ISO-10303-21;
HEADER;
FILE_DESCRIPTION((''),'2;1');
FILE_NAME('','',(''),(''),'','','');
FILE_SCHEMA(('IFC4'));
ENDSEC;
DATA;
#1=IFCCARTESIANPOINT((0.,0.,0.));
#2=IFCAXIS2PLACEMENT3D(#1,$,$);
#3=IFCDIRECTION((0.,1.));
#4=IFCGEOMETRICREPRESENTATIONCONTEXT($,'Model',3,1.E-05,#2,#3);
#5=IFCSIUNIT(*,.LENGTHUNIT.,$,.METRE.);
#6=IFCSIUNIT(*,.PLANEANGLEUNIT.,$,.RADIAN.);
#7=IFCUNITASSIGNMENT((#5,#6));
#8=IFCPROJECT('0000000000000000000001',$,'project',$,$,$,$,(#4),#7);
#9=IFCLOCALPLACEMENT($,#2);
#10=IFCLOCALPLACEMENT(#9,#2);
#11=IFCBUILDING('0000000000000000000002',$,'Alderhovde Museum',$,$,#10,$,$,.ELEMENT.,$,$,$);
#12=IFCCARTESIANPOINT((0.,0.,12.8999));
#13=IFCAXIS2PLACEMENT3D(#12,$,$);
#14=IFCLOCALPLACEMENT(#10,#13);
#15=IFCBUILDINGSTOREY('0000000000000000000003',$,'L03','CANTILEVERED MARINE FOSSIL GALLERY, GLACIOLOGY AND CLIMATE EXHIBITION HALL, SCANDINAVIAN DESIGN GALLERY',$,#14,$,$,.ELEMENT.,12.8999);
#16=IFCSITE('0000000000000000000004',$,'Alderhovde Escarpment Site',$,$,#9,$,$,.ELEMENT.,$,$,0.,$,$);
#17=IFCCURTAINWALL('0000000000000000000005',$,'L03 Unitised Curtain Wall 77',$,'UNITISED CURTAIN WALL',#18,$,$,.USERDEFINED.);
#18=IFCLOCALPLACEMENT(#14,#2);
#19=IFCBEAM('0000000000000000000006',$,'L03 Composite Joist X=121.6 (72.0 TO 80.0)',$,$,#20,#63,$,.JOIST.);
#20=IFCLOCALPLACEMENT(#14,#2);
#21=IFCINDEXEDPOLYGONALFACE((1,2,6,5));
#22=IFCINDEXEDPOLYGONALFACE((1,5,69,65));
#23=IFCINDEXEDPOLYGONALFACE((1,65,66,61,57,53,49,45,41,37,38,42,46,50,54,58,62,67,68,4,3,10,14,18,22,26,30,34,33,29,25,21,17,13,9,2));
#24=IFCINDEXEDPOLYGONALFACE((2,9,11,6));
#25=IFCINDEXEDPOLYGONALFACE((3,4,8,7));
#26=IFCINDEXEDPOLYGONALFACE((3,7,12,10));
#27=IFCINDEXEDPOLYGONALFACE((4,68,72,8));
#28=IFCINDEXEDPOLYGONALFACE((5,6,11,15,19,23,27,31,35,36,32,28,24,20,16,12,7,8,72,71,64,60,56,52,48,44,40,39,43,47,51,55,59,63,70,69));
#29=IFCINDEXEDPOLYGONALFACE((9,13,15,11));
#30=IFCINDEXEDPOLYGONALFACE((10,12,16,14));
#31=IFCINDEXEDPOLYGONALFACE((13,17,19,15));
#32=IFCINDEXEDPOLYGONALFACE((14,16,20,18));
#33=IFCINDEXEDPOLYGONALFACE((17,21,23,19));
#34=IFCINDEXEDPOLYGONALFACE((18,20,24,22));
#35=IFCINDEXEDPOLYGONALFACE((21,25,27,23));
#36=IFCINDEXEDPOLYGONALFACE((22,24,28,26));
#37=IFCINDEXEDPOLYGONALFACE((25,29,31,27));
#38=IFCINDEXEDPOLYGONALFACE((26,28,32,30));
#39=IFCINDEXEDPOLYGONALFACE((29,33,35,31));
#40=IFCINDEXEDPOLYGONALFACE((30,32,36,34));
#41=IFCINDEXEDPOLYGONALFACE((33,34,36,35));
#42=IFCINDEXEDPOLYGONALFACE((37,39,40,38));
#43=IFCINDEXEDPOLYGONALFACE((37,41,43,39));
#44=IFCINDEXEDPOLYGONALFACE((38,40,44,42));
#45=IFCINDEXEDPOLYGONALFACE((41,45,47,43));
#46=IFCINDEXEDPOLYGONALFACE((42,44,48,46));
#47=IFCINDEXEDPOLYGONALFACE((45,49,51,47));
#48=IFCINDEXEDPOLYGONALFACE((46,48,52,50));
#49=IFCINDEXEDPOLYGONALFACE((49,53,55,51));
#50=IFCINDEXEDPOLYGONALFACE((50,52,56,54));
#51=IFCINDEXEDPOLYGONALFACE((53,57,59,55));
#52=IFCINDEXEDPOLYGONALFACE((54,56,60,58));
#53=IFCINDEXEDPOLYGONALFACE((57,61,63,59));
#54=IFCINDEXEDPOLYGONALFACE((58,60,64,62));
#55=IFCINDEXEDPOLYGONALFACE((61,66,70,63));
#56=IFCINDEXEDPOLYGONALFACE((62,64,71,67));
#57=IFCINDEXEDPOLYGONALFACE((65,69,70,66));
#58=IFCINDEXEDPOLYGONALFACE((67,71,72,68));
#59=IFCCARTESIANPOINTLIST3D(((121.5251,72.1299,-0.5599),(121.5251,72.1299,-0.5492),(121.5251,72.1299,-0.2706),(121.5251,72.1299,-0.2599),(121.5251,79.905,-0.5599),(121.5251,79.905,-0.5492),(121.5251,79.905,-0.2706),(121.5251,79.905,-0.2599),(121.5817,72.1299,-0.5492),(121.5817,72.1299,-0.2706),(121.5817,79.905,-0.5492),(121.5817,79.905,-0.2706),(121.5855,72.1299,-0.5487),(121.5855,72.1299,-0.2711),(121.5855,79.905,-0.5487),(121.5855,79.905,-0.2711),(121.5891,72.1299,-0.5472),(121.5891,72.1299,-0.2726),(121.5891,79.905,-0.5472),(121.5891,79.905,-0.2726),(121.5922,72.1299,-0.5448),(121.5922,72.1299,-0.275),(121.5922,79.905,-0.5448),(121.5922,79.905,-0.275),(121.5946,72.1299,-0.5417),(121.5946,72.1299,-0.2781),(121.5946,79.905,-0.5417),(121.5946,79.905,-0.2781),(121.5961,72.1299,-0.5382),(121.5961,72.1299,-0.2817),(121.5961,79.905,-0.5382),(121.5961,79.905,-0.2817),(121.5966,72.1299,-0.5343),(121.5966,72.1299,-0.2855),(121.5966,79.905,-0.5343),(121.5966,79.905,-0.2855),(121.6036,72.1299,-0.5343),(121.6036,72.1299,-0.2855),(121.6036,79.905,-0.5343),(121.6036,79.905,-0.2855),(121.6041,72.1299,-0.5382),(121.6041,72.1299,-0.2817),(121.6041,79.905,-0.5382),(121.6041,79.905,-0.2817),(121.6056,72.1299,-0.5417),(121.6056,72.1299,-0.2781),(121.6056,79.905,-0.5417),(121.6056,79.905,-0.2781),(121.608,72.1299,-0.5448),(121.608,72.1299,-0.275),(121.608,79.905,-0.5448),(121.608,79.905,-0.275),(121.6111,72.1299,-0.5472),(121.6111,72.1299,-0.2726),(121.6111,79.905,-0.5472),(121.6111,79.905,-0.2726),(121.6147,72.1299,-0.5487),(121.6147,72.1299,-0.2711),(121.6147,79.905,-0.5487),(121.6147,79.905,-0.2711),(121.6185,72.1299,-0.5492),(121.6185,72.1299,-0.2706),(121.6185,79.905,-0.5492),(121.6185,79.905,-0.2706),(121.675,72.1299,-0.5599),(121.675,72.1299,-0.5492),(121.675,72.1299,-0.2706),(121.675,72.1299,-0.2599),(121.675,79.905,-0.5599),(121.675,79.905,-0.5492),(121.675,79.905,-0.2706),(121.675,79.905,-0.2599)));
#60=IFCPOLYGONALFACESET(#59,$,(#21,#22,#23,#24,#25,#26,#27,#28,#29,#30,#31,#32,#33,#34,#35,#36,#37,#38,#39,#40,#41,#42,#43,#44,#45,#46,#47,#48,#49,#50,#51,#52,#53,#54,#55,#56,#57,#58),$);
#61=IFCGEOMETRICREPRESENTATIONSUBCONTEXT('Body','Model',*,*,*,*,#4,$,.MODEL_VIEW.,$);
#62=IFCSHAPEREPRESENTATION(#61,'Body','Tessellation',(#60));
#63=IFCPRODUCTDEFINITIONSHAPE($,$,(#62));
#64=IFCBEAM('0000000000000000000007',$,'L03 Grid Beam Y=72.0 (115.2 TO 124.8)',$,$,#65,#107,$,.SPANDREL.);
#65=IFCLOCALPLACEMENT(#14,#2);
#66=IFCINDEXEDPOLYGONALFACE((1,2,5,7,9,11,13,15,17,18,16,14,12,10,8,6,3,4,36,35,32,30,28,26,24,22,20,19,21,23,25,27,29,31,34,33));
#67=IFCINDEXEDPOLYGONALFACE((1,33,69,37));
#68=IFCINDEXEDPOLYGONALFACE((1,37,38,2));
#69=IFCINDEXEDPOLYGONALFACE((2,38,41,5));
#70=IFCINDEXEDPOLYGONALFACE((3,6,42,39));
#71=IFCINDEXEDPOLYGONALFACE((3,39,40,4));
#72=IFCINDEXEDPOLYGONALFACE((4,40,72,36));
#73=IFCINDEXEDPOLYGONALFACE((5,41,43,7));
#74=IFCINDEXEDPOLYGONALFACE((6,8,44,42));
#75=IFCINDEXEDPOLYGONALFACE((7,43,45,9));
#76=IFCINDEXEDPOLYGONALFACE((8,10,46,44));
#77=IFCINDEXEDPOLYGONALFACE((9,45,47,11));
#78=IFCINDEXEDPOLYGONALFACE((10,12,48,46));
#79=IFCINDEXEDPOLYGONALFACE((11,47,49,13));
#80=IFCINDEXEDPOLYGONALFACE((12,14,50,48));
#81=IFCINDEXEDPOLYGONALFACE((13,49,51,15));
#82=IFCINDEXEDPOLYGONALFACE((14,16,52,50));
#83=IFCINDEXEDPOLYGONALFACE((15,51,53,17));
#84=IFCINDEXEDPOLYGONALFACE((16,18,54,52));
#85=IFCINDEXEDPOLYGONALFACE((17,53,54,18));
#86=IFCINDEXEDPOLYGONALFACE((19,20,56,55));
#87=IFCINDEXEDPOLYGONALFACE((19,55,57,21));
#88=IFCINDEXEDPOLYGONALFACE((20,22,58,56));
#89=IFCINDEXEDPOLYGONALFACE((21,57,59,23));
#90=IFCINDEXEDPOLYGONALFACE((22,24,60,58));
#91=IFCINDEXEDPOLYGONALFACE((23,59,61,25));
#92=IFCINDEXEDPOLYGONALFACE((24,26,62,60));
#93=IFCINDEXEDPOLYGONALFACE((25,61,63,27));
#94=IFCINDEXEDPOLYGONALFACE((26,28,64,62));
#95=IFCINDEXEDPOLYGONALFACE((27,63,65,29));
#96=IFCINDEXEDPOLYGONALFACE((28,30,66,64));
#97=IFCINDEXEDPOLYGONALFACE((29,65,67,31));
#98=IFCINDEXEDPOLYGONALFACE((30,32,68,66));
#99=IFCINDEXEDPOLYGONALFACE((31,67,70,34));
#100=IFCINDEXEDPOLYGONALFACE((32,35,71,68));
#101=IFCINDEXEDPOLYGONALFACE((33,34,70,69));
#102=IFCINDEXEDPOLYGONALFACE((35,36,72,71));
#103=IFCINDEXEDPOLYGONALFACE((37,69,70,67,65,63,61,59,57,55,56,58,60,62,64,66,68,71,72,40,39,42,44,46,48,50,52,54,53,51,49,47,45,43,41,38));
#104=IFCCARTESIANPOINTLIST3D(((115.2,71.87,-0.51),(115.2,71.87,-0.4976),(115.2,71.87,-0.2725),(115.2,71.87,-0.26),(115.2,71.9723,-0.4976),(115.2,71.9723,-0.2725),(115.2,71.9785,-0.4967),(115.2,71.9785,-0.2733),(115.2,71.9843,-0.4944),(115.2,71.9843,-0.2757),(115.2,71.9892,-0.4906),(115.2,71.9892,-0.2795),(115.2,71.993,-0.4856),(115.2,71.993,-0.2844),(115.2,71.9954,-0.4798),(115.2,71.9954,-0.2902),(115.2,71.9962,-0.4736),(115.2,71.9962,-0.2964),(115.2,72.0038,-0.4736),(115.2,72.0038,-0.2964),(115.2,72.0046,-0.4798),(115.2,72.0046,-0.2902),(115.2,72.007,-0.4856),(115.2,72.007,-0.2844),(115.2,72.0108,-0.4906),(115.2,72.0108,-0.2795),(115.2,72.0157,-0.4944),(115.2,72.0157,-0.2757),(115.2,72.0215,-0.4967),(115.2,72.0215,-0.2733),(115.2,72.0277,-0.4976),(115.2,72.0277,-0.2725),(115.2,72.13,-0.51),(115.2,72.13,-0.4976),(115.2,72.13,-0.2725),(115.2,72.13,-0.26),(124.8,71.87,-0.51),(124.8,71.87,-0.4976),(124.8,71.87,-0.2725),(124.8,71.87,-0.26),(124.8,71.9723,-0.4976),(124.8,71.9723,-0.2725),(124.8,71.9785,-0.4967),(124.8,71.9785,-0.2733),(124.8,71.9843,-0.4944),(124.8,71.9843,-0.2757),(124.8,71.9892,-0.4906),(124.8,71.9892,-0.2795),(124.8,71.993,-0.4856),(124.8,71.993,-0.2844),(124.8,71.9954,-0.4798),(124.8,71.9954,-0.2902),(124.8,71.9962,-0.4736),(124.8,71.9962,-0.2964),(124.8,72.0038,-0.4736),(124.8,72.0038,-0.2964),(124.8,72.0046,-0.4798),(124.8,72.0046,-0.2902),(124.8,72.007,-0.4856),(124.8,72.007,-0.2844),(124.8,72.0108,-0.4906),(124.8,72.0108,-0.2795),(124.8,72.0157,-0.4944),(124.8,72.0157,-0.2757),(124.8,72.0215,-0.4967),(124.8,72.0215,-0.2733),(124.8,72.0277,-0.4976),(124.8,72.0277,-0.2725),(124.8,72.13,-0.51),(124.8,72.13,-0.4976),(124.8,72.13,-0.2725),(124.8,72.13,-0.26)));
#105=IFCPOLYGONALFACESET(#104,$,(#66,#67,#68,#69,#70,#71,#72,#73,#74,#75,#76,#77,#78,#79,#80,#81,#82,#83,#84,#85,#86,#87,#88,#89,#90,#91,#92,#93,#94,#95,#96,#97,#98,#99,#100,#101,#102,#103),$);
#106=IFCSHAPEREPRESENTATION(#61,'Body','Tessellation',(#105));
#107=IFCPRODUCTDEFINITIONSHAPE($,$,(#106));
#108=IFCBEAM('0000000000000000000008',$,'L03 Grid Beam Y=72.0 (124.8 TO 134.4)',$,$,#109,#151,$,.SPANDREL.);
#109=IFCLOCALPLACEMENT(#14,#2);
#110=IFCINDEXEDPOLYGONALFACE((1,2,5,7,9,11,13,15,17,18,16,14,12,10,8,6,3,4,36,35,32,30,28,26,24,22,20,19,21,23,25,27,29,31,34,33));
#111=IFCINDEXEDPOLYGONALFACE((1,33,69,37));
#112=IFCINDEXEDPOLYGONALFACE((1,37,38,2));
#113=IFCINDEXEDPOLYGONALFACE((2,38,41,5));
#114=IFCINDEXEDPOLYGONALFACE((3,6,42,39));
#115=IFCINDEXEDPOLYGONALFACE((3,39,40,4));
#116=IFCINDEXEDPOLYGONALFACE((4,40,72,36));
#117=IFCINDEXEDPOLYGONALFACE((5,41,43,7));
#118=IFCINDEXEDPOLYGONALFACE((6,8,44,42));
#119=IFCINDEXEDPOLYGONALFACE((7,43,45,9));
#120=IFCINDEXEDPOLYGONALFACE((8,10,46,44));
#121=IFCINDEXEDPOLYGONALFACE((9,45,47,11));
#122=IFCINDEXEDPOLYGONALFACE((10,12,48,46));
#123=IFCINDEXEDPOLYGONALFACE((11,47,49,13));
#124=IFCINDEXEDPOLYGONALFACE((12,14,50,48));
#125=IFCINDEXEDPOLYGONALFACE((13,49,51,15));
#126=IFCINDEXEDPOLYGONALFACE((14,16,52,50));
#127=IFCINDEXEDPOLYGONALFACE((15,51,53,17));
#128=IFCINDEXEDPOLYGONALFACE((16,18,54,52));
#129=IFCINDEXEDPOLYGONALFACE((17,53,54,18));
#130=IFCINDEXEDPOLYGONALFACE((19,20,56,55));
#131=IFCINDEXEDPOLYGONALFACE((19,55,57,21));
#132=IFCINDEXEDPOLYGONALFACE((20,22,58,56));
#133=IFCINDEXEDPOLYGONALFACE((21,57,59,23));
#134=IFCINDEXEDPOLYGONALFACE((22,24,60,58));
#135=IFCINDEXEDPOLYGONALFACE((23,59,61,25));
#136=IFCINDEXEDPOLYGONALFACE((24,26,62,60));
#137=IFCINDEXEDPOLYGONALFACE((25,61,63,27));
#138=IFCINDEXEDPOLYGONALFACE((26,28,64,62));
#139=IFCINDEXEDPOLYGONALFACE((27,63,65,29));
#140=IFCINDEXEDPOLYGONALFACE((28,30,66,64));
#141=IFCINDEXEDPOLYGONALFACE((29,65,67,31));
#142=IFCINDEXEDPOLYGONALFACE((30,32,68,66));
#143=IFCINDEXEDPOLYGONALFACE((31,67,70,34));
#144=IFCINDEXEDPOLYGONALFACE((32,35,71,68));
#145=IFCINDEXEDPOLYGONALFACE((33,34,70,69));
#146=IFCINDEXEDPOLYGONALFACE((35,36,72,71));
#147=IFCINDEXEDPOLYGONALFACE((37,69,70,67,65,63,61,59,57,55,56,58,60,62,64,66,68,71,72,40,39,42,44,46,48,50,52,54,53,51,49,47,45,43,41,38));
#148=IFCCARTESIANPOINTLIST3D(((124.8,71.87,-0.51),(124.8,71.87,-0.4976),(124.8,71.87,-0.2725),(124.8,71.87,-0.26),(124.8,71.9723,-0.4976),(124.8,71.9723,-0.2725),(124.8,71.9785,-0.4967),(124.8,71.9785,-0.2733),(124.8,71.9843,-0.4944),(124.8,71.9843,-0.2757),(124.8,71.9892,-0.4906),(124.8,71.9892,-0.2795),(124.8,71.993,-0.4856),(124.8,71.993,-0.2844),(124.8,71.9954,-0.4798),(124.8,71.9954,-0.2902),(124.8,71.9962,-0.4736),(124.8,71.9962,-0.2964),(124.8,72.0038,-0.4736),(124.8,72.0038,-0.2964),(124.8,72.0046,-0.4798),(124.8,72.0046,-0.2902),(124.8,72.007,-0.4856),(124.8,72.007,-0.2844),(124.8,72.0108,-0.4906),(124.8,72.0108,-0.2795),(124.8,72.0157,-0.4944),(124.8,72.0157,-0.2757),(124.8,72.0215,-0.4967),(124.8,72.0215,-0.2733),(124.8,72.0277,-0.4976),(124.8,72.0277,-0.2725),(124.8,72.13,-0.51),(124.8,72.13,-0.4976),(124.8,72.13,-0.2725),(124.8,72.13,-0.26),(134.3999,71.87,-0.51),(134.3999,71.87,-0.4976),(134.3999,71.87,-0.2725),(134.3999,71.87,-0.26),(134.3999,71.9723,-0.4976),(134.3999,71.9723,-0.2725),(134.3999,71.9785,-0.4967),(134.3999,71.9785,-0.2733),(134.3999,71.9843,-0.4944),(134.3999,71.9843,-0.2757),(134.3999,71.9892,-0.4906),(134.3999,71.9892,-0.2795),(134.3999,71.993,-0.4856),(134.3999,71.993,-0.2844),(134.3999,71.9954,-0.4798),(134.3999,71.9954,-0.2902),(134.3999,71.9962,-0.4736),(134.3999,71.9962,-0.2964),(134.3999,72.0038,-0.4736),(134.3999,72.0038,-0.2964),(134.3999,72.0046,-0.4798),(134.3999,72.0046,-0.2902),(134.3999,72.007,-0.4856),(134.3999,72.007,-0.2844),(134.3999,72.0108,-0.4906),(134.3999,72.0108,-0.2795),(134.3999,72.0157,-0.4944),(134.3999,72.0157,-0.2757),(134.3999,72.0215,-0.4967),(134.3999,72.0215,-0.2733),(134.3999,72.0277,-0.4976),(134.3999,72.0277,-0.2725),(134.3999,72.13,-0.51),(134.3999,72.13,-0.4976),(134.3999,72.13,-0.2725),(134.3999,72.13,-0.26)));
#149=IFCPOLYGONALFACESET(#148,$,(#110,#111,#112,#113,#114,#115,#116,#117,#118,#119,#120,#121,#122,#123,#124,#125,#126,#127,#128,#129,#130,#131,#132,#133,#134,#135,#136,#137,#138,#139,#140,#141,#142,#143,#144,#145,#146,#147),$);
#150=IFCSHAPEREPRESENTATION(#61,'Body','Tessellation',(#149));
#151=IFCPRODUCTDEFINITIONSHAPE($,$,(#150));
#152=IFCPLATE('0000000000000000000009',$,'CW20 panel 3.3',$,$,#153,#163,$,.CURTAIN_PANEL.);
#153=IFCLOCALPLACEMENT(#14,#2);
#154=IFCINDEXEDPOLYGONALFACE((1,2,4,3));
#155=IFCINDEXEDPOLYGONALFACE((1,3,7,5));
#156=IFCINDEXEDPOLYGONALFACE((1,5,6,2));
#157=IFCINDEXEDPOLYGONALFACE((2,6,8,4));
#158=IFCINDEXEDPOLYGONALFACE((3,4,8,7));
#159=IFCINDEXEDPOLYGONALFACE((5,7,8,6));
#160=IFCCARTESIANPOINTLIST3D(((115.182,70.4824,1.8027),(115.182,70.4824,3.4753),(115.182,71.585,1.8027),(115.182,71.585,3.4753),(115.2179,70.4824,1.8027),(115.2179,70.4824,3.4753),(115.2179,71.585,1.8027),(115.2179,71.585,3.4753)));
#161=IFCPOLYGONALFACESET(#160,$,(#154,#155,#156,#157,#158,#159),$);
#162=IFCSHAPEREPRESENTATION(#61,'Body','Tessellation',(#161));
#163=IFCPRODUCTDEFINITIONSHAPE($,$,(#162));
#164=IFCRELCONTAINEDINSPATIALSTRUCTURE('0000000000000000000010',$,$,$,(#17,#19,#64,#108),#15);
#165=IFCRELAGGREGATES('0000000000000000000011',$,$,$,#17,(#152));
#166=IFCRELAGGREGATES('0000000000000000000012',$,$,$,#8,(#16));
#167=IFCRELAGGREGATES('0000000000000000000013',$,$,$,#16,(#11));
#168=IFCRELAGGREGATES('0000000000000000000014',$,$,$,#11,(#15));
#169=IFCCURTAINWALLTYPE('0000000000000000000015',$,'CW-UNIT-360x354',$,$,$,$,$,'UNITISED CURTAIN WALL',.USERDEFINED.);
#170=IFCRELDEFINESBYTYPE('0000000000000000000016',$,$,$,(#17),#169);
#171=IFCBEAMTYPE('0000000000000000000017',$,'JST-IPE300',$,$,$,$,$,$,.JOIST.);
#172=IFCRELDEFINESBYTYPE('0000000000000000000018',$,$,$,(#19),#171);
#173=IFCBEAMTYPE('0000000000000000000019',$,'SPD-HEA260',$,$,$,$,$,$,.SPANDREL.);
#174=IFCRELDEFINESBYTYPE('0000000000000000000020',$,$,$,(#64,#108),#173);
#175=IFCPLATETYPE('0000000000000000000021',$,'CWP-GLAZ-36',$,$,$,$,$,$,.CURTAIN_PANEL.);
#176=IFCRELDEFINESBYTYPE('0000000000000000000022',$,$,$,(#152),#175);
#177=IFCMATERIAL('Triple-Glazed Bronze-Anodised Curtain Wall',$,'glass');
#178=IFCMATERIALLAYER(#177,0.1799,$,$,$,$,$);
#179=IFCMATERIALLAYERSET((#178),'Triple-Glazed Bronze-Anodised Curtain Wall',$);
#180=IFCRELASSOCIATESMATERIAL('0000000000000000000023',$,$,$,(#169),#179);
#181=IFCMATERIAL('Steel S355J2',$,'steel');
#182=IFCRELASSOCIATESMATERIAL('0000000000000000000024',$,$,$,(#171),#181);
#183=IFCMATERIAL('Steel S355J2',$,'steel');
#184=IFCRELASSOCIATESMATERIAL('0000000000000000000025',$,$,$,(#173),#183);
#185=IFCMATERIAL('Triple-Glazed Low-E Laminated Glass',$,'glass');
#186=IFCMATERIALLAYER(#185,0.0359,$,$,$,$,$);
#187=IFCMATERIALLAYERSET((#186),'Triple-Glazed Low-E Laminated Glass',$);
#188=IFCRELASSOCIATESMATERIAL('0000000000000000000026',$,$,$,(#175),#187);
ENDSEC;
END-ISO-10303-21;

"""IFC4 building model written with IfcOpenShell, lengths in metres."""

from ifc_helpers import new_model, si_unit, direction, frame, origin, origin_2d, place, context, subcontext, project, spatial, rectangle, i_section, extrude, material, layer, layer_set, material_profile, profile_set, type_object, element, aggregate, save


model = new_model("IFC4")

# Units and contexts
model_context = context("Model", 3, precision=1e-05, world=origin(), true_north=direction((0.0, 1.0)))
body_context = subcontext(model_context, "Body", "Model", "MODEL_VIEW")
ifc_project = project(units=[si_unit("LENGTHUNIT", "METRE"), si_unit("PLANEANGLEUNIT", "RADIAN")], contexts=[model_context])

# Site, building, storey
site_placement = place(None, origin())
site = spatial("IfcSite", under=ifc_project, at=site_placement, Name="Alderhovde Escarpment Site", CompositionType="ELEMENT", RefElevation=0.0)
building_placement = place(site_placement, origin())
building = spatial("IfcBuilding", under=site, at=building_placement, Name="Alderhovde Museum", CompositionType="ELEMENT")
storey_placement = place(building_placement, frame((0.0, 0.0, 12.8999)))
storey = spatial("IfcBuildingStorey", under=building, at=storey_placement, Name="L03", Description="CANTILEVERED MARINE FOSSIL GALLERY, GLACIOLOGY AND CLIMATE EXHIBITION HALL, SCANDINAVIAN DESIGN GALLERY", CompositionType="ELEMENT", Elevation=12.8999)

# Curtain wall
ifc_material_1 = material(Name="Triple-Glazed Bronze-Anodised Curtain Wall", Category="glass")
ifc_layer_1 = layer(ifc_material_1, 0.1799)
ifc_layer_set_1 = layer_set([ifc_layer_1], Name="Triple-Glazed Bronze-Anodised Curtain Wall")
curtain_wall_type = type_object("IfcCurtainWallType", Name="CW-UNIT-360x354", ElementType="UNITISED CURTAIN WALL", PredefinedType="USERDEFINED", material=ifc_layer_set_1)
curtain_wall_placement = place(storey_placement, origin())
curtain_wall = element("IfcCurtainWall", 1, at=curtain_wall_placement, inside=storey, type_object=curtain_wall_type, Name="L03 Unitised Curtain Wall 77", ObjectType="UNITISED CURTAIN WALL", PredefinedType="USERDEFINED")

# Beams
ifc_material_2 = material(Name="Steel S355J2", Category="steel")
ifc_material_profile_1 = material_profile(ifc_material_2, i_section(OverallWidth=0.1499, OverallDepth=0.3, WebThickness=0.0071, FlangeThickness=0.0107, FilletRadius=0.0149, at=origin_2d()), Name="IPE 300")
ifc_profile_set_1 = profile_set([ifc_material_profile_1], Name="Steel S355J2")
beam_type_1 = type_object("IfcBeamType", Name="JST-IPE300", PredefinedType="JOIST", material=ifc_profile_set_1)
beam_1_placement = place(storey_placement, frame((121.6001, 72.1299, -0.4099), z_axis=(0.0, 1.0, 0.0), x_axis=(-1.0, 0.0, 0.0)))
element("IfcBeam", 2, at=beam_1_placement, inside=storey, type_object=beam_type_1, Name="L03 Composite Joist X=121.6 (72.0 TO 80.0)", PredefinedType="JOIST", context=body_context, shape_type="SweptSolid", body=[
    extrude(i_section(OverallWidth=0.1499, OverallDepth=0.3, WebThickness=0.0071, FlangeThickness=0.0107, FilletRadius=0.0149, at=origin_2d()), origin(), (0.0, 0.0, 1.0), 7.7751),
])
ifc_material_3 = material(Name="Steel S355J2", Category="steel")
ifc_material_profile_2 = material_profile(ifc_material_3, i_section(OverallWidth=0.26, OverallDepth=0.25, WebThickness=0.0076, FlangeThickness=0.0125, FilletRadius=0.0239, at=origin_2d()), Name="HEA 260")
ifc_profile_set_2 = profile_set([ifc_material_profile_2], Name="Steel S355J2")
beam_type_2 = type_object("IfcBeamType", Name="SPD-HEA260", PredefinedType="SPANDREL", material=ifc_profile_set_2)
beam_2_placement = place(storey_placement, frame((115.2, 72.0, -0.385), z_axis=(1.0, 0.0, 0.0), x_axis=(0.0, 1.0, 0.0)))
element("IfcBeam", 3, at=beam_2_placement, inside=storey, type_object=beam_type_2, Name="L03 Grid Beam Y=72.0 (115.2 TO 124.8)", PredefinedType="SPANDREL", context=body_context, shape_type="SweptSolid", body=[
    extrude(i_section(OverallWidth=0.26, OverallDepth=0.25, WebThickness=0.0076, FlangeThickness=0.0125, FilletRadius=0.0239, at=origin_2d()), origin(), (0.0, 0.0, 1.0), 9.6001),
])
beam_3_placement = place(storey_placement, frame((124.8, 72.0, -0.385), z_axis=(1.0, 0.0, 0.0), x_axis=(0.0, 1.0, 0.0)))
element("IfcBeam", 4, at=beam_3_placement, inside=storey, type_object=beam_type_2, Name="L03 Grid Beam Y=72.0 (124.8 TO 134.4)", PredefinedType="SPANDREL", context=body_context, shape_type="SweptSolid", body=[
    extrude(i_section(OverallWidth=0.26, OverallDepth=0.25, WebThickness=0.0076, FlangeThickness=0.0125, FilletRadius=0.0239, at=origin_2d()), origin(), (0.0, 0.0, 1.0), 9.5999),
])

# Plate
ifc_material_4 = material(Name="Triple-Glazed Low-E Laminated Glass", Category="glass")
ifc_layer_2 = layer(ifc_material_4, 0.0359)
ifc_layer_set_2 = layer_set([ifc_layer_2], Name="Triple-Glazed Low-E Laminated Glass")
plate_type = type_object("IfcPlateType", Name="CWP-GLAZ-36", PredefinedType="CURTAIN_PANEL", material=ifc_layer_set_2)
plate_placement = place(storey_placement, frame((115.2, 71.0337, 1.8027), z_axis=(0.0, 0.0, 1.0), x_axis=(0.0, 1.0, 0.0)))
plate = element("IfcPlate", 5, at=plate_placement, type_object=plate_type, Name="CW20 panel 3.3", PredefinedType="CURTAIN_PANEL", context=body_context, shape_type="SweptSolid", body=[
    extrude(rectangle(XDim=1.1025, YDim=0.0359, at=origin_2d()), origin(), (0.0, 0.0, 1.0), 1.6726),
])
aggregate(curtain_wall, [plate])

save(model, "model.ifc")
